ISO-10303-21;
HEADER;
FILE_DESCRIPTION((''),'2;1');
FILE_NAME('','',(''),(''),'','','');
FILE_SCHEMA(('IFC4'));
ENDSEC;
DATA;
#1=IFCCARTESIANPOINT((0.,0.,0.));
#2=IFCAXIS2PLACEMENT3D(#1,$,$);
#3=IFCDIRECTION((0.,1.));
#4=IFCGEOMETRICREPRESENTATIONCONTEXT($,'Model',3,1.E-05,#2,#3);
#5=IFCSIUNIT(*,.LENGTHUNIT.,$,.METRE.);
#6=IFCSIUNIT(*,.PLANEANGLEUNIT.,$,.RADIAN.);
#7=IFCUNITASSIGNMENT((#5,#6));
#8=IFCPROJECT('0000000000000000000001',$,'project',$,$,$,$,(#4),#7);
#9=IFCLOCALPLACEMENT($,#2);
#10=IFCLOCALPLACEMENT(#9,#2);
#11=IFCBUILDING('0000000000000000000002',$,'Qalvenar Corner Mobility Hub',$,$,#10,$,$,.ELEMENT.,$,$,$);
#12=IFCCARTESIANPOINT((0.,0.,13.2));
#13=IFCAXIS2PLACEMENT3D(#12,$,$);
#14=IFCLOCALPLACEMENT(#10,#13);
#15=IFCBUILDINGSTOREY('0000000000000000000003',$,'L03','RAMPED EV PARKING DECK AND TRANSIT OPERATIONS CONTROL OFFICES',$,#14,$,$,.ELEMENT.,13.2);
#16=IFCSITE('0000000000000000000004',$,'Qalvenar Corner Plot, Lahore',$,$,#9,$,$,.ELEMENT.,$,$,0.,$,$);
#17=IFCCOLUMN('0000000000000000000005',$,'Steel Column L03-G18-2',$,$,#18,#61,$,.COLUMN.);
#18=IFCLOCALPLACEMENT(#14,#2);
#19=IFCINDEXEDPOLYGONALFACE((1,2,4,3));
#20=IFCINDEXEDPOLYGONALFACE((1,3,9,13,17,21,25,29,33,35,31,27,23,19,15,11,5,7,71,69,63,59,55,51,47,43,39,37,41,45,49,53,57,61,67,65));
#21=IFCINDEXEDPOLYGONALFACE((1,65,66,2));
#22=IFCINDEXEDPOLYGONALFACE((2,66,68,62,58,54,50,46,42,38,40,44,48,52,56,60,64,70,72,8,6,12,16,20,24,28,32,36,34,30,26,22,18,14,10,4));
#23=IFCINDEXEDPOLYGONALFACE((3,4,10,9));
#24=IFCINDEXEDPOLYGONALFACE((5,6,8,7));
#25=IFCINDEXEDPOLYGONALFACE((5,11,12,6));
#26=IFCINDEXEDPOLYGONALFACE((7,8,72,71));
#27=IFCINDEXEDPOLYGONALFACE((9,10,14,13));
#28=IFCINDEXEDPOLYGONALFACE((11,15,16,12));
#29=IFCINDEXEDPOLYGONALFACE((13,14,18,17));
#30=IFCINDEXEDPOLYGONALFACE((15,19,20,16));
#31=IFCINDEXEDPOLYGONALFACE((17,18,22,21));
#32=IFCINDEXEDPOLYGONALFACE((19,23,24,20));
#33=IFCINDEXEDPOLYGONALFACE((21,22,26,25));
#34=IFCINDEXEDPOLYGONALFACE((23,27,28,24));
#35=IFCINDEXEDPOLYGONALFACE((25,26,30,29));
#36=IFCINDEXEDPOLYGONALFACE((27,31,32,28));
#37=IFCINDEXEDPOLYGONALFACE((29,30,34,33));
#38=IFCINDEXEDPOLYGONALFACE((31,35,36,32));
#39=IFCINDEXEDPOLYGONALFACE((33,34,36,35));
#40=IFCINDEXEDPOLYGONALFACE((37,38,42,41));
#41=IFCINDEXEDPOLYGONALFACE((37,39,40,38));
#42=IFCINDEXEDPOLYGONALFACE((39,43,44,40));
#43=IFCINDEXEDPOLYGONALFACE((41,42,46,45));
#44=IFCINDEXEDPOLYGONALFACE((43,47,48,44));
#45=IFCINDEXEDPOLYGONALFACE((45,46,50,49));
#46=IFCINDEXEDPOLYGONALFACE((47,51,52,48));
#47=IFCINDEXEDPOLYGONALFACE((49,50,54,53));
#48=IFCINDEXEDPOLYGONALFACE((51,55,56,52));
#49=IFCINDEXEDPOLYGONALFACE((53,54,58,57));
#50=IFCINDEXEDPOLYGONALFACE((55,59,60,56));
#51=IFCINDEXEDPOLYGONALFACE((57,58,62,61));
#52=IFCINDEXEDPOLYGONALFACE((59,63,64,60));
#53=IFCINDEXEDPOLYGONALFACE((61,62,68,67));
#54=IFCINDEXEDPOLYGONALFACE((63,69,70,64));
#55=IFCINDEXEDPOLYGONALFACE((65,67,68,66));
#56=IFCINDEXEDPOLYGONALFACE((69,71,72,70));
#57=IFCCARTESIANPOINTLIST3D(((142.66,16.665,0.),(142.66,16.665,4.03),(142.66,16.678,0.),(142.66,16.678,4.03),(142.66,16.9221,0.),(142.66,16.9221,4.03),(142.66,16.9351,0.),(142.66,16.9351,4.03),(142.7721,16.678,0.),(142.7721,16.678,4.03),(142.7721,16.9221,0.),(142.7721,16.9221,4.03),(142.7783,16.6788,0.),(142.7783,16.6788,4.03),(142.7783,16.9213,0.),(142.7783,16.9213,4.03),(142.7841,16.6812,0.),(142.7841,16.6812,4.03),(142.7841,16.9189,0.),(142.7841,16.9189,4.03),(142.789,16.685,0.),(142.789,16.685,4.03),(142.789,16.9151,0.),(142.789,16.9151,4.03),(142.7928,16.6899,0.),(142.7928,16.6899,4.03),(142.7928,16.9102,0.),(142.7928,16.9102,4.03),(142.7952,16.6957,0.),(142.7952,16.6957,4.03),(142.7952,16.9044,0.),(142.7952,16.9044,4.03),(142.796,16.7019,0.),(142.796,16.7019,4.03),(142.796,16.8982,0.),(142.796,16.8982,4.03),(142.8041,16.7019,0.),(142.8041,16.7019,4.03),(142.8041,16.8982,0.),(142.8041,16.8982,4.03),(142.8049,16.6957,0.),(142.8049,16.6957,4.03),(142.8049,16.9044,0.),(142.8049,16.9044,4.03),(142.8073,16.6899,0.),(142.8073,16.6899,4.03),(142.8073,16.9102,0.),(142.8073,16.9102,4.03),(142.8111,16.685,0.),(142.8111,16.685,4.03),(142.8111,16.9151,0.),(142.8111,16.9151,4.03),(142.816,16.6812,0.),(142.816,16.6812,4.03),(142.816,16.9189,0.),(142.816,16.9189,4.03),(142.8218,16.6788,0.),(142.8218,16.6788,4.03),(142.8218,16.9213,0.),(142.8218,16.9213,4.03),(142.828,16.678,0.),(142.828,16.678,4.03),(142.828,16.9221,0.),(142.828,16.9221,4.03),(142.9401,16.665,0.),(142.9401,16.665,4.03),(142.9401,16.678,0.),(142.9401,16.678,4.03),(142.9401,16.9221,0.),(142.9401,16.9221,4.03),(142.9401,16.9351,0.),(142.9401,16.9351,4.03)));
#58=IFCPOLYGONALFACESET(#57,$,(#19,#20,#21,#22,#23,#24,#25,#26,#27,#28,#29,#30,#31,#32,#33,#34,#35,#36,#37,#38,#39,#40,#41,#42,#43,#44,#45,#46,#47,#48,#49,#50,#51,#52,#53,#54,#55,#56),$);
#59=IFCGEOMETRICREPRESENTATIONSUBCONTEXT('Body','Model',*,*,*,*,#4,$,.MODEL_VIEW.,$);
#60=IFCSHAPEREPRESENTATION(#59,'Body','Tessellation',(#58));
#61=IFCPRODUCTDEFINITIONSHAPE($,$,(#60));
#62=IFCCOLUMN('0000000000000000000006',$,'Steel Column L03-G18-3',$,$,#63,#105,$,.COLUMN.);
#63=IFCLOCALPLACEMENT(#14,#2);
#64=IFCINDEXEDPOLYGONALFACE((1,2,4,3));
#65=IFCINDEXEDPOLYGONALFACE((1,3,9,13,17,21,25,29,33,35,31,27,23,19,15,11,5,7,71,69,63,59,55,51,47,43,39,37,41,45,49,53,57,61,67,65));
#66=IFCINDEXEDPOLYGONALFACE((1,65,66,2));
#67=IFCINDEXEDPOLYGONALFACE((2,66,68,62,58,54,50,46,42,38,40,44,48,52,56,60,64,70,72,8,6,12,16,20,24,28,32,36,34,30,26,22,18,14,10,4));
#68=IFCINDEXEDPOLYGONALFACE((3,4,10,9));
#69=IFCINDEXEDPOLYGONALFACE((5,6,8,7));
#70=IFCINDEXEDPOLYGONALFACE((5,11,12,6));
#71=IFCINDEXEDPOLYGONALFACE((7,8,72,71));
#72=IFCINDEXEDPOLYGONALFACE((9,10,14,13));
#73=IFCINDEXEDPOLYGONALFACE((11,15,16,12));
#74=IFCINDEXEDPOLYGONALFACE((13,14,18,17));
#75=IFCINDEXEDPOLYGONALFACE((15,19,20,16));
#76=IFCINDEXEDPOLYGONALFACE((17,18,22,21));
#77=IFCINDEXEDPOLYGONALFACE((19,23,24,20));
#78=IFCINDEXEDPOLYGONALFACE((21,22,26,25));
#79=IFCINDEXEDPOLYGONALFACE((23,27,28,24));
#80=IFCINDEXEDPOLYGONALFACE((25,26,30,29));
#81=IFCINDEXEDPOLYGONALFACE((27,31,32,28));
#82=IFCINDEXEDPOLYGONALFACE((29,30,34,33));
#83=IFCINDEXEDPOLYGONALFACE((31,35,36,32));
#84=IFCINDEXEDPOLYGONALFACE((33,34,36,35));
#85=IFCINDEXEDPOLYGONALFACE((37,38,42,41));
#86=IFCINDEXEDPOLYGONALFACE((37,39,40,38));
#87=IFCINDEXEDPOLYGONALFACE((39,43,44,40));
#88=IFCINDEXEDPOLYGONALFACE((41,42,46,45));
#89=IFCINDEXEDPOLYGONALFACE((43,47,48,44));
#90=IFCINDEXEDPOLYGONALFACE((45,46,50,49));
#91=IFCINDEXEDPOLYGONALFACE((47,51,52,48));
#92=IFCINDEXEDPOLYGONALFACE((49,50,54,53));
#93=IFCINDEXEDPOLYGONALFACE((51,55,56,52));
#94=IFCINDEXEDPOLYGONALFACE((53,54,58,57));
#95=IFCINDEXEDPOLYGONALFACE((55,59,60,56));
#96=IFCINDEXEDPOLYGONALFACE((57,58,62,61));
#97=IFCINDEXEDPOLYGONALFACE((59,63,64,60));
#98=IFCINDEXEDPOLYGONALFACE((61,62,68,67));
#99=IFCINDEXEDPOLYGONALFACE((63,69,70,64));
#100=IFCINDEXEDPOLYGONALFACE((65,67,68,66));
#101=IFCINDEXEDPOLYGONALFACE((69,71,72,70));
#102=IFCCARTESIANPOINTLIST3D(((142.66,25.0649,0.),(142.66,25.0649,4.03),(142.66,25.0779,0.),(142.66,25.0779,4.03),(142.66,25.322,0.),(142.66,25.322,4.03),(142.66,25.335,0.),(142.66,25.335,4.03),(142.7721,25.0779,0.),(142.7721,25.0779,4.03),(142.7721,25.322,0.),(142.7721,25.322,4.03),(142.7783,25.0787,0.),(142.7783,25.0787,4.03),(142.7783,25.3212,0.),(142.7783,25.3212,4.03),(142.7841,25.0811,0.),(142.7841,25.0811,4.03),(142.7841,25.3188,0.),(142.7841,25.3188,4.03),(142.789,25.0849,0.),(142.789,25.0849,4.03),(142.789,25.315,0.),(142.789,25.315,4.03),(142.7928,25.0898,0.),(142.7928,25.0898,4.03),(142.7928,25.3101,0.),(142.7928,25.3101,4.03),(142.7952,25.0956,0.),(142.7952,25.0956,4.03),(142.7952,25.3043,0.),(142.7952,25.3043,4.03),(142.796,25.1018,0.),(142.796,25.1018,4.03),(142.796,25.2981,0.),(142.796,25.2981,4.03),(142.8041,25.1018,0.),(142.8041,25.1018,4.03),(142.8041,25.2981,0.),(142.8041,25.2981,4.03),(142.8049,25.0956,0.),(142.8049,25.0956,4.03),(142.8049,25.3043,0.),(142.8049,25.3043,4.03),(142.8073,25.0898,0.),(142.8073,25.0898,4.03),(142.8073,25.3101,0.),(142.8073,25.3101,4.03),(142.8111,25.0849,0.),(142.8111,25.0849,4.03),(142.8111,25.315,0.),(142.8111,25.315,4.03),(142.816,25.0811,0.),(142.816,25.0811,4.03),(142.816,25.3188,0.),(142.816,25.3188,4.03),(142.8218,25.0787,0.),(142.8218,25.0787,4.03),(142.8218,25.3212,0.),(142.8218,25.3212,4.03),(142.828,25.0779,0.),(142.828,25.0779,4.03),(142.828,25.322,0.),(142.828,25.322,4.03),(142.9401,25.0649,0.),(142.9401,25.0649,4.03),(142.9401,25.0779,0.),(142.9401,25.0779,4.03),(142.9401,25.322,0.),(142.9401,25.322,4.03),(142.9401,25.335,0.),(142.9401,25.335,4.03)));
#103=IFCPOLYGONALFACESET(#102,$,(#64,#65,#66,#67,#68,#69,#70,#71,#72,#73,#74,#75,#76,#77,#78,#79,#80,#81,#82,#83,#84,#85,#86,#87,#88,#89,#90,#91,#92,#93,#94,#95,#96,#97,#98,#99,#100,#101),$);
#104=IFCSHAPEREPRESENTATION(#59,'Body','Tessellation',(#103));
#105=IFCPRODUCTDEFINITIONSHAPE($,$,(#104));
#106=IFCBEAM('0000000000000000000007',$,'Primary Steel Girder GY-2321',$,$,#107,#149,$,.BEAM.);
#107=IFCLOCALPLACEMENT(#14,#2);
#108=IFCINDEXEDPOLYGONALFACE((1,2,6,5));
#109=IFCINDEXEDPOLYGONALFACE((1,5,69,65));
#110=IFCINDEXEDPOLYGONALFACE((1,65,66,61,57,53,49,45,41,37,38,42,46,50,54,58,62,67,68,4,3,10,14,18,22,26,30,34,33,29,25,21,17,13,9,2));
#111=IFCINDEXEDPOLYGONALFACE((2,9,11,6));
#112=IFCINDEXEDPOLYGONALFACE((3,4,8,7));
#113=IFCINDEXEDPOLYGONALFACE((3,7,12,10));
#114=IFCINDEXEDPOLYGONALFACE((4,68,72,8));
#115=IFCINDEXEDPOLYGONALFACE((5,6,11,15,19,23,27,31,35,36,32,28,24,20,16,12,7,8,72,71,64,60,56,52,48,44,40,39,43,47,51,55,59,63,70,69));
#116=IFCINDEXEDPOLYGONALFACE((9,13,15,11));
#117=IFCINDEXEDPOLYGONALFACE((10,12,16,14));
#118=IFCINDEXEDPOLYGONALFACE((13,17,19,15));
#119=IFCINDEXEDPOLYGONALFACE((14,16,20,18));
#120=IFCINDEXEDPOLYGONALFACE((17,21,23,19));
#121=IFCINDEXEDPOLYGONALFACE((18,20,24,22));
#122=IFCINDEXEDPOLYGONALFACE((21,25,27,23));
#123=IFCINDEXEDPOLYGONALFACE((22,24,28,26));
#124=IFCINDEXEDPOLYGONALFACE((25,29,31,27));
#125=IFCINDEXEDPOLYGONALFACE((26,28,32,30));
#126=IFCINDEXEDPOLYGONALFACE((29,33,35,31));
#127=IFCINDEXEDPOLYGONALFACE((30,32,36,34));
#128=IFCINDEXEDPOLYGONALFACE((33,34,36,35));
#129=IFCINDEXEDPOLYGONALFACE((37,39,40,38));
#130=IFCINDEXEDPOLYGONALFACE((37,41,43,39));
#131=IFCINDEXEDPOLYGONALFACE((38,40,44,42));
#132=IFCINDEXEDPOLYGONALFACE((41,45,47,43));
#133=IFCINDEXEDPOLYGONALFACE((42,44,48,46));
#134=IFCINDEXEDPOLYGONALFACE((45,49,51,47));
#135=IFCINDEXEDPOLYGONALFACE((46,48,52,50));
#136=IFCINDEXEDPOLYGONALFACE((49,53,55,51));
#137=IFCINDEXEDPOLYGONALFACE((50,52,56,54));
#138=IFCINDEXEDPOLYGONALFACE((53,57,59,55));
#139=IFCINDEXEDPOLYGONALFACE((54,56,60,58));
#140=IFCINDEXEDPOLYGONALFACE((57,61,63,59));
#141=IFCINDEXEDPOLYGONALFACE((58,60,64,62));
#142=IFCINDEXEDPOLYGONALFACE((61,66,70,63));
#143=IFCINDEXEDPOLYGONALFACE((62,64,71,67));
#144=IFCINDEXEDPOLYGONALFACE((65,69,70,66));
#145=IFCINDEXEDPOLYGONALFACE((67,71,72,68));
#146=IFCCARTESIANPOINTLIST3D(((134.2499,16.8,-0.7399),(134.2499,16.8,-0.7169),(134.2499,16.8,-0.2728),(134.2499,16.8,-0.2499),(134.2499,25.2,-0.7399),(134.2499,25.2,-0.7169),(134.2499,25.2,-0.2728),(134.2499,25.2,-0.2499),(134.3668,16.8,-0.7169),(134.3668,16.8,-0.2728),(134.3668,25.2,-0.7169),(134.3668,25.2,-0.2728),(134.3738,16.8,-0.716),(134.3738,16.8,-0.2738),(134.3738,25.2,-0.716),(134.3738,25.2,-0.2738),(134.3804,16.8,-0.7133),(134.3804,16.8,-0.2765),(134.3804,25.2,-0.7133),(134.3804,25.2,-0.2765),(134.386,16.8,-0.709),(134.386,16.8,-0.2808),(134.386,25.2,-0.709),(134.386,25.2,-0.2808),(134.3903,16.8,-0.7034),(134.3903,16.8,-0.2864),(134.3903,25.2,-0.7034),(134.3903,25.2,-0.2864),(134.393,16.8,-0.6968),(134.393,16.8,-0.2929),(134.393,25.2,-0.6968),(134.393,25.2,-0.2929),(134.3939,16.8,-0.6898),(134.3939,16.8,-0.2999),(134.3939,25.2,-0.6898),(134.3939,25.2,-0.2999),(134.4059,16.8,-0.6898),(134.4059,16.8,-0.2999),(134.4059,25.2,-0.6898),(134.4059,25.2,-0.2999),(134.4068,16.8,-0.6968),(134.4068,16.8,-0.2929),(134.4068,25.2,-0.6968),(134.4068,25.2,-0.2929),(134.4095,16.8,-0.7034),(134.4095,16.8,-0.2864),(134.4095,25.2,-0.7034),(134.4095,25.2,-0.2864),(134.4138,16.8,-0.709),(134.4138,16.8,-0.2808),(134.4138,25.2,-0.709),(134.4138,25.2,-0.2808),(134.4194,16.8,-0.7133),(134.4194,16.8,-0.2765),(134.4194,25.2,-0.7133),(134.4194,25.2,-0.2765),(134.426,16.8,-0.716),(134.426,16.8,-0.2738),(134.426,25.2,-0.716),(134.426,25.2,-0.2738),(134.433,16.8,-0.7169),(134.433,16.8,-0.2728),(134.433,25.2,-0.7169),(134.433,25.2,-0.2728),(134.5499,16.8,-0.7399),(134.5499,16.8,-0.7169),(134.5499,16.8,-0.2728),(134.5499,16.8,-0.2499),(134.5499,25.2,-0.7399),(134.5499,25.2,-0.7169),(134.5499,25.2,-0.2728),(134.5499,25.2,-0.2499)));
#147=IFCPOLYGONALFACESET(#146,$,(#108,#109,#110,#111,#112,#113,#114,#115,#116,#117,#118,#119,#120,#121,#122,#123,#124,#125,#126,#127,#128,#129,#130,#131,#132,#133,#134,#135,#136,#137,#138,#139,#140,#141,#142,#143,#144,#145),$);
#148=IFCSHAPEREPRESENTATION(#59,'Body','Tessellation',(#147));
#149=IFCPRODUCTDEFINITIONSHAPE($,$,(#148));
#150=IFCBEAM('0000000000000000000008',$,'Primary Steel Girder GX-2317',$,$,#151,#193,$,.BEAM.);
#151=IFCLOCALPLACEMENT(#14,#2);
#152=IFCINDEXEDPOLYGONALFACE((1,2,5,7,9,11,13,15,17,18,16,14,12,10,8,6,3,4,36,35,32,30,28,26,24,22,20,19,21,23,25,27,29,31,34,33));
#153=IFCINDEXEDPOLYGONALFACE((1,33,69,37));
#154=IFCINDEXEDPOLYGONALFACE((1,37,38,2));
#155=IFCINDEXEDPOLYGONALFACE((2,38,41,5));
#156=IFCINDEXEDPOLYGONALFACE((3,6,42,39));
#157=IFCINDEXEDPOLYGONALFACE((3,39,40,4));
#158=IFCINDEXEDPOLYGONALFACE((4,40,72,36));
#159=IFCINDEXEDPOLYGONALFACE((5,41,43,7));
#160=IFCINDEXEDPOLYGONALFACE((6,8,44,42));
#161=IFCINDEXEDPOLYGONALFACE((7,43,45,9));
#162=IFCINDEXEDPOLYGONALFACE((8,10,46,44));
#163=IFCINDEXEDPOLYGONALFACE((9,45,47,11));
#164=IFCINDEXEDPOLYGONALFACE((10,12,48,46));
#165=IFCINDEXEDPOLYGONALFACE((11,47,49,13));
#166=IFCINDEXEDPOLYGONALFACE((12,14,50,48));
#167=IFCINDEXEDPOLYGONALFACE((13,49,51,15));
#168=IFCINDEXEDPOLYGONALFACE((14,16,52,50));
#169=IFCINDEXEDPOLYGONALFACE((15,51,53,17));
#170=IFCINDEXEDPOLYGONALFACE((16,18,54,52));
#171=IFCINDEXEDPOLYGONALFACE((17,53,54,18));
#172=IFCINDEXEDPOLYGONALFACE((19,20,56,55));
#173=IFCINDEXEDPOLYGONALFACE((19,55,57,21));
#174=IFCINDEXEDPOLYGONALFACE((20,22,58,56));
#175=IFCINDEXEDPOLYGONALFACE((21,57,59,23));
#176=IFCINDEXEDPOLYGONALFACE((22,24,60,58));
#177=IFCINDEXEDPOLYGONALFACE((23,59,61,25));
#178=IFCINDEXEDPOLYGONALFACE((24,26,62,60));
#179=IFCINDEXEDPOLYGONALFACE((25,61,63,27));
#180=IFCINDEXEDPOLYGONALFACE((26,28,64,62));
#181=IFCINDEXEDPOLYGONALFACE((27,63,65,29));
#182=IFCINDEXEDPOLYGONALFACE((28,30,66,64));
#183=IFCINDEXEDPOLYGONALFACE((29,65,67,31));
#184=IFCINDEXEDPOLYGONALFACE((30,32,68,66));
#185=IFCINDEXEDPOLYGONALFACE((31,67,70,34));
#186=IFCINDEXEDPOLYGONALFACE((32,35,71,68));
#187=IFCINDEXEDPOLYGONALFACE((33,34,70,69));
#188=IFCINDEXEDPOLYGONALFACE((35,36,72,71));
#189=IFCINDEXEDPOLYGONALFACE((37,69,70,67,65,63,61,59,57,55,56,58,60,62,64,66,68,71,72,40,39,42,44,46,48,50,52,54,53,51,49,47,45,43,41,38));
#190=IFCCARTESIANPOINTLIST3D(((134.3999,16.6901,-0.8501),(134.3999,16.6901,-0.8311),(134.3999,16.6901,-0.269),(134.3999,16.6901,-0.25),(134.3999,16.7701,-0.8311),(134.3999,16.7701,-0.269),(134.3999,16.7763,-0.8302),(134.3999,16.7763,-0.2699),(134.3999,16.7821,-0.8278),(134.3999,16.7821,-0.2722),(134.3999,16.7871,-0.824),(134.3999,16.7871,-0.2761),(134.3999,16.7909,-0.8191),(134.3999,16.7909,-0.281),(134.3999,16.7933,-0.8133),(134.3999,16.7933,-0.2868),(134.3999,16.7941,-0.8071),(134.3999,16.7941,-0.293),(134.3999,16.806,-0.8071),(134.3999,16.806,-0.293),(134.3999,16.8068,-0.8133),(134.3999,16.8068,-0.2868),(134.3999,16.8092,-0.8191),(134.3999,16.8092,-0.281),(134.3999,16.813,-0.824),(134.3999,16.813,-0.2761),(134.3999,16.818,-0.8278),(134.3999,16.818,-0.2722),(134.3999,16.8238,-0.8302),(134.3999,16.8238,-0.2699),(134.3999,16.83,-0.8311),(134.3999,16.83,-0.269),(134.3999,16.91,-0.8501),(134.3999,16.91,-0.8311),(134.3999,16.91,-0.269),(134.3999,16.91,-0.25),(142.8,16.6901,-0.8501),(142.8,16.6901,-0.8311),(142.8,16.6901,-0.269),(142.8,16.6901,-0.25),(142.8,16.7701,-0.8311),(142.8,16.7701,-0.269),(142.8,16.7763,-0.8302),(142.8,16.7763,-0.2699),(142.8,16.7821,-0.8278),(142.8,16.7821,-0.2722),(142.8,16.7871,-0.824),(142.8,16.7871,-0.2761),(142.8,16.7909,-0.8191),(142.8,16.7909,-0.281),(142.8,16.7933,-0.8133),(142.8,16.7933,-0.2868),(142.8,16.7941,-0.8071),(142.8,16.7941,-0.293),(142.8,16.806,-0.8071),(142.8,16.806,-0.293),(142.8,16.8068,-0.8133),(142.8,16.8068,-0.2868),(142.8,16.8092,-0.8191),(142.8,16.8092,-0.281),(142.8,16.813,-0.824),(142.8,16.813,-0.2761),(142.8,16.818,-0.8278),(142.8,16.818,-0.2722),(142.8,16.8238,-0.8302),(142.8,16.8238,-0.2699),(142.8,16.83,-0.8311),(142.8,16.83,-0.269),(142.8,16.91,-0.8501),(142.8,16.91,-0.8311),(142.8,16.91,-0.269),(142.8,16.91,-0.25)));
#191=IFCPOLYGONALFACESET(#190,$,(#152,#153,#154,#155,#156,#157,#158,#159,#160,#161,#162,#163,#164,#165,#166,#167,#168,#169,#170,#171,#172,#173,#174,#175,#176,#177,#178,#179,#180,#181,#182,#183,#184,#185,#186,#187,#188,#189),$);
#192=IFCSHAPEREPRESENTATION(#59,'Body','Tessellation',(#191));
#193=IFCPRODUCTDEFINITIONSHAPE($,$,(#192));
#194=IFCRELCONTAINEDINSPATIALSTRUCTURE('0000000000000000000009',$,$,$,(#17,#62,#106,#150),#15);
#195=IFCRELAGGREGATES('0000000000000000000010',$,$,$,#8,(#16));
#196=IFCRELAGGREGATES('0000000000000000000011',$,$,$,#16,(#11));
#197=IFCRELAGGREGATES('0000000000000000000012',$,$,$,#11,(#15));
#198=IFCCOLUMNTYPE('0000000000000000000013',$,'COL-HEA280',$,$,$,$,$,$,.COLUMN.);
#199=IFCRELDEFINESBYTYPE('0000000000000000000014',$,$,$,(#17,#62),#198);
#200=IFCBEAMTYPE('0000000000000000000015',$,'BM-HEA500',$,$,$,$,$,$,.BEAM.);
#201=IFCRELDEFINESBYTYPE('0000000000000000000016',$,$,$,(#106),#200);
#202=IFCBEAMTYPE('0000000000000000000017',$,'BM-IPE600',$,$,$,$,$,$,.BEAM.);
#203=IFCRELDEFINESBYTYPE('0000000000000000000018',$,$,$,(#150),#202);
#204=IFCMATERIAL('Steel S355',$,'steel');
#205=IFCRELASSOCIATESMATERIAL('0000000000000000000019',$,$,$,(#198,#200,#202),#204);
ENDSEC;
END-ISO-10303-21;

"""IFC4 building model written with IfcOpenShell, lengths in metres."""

from ifc_helpers import new_model, si_unit, direction, frame, origin, origin_2d, place, context, subcontext, project, spatial, i_section, extrude, material, material_profile, profile_set, type_object, element, save


model = new_model("IFC4")

# Units and contexts
model_context = context("Model", 3, precision=1e-05, world=origin(), true_north=direction((0.0, 1.0)))
body_context = subcontext(model_context, "Body", "Model", "MODEL_VIEW")
ifc_project = project(units=[si_unit("LENGTHUNIT", "METRE"), si_unit("PLANEANGLEUNIT", "RADIAN")], contexts=[model_context])

# Site, building, storey
site_placement = place(None, origin())
site = spatial("IfcSite", under=ifc_project, at=site_placement, Name="Qalvenar Corner Plot, Lahore", CompositionType="ELEMENT", RefElevation=0.0)
building_placement = place(site_placement, origin())
building = spatial("IfcBuilding", under=site, at=building_placement, Name="Qalvenar Corner Mobility Hub", CompositionType="ELEMENT")
storey_placement = place(building_placement, frame((0.0, 0.0, 13.2)))
storey = spatial("IfcBuildingStorey", under=building, at=storey_placement, Name="L03", Description="RAMPED EV PARKING DECK AND TRANSIT OPERATIONS CONTROL OFFICES", CompositionType="ELEMENT", Elevation=13.2)

# Columns
ifc_material_1 = material(Name="Steel S355", Category="steel")
ifc_material_profile_1 = material_profile(ifc_material_1, i_section(OverallWidth=0.28, OverallDepth=0.27, WebThickness=0.0081, FlangeThickness=0.0129, FilletRadius=0.0239, at=origin_2d()), Name="HEA280")
ifc_profile_set_1 = profile_set([ifc_material_profile_1], Name="Steel S355")
column_type = type_object("IfcColumnType", Name="COL-HEA280", PredefinedType="COLUMN", material=ifc_profile_set_1)
for number, where, z_axis, x_axis, name in (
    (1, (142.8, 16.8, 0.0), (0.0, 0.0, 1.0), (1.0, 0.0, 0.0), "Steel Column L03-G18-2"),
    (2, (142.8, 25.2, 0.0), (0.0, 0.0, 1.0), (1.0, 0.0, 0.0), "Steel Column L03-G18-3"),
):
    element("IfcColumn", number, at=place(storey_placement, frame(where, z_axis=z_axis, x_axis=x_axis)), inside=storey, type_object=column_type, Name=name, PredefinedType="COLUMN", context=body_context, shape_type="SweptSolid", body=[
        extrude(i_section(OverallWidth=0.28, OverallDepth=0.27, WebThickness=0.0081, FlangeThickness=0.0129, FilletRadius=0.0239, at=origin_2d()), origin(), (0.0, 0.0, 1.0), 4.03),
    ])

# Beams
ifc_material_profile_2 = material_profile(ifc_material_1, i_section(OverallWidth=0.3, OverallDepth=0.49, WebThickness=0.012, FlangeThickness=0.0229, FilletRadius=0.0271, at=origin_2d()), Name="HEA500")
ifc_profile_set_2 = profile_set([ifc_material_profile_2], Name="Steel S355")
beam_type_1 = type_object("IfcBeamType", Name="BM-HEA500", PredefinedType="BEAM", material=ifc_profile_set_2)
beam_1_placement = place(storey_placement, frame((134.3999, 16.8, -0.4949), z_axis=(0.0, 1.0, 0.0), x_axis=(-1.0, 0.0, 0.0)))
element("IfcBeam", 3, at=beam_1_placement, inside=storey, type_object=beam_type_1, Name="Primary Steel Girder GY-2321", PredefinedType="BEAM", context=body_context, shape_type="SweptSolid", body=[
    extrude(i_section(OverallWidth=0.3, OverallDepth=0.49, WebThickness=0.012, FlangeThickness=0.0229, FilletRadius=0.0271, at=origin_2d()), origin(), (0.0, 0.0, 1.0), 8.3999),
])
ifc_material_profile_3 = material_profile(ifc_material_1, i_section(OverallWidth=0.22, OverallDepth=0.6001, WebThickness=0.012, FlangeThickness=0.019, FilletRadius=0.0239, at=origin_2d()), Name="IPE600")
ifc_profile_set_3 = profile_set([ifc_material_profile_3], Name="Steel S355")
beam_type_2 = type_object("IfcBeamType", Name="BM-IPE600", PredefinedType="BEAM", material=ifc_profile_set_3)
beam_2_placement = place(storey_placement, frame((134.3999, 16.8, -0.55), z_axis=(1.0, 0.0, 0.0), x_axis=(0.0, 1.0, 0.0)))
element("IfcBeam", 4, at=beam_2_placement, inside=storey, type_object=beam_type_2, Name="Primary Steel Girder GX-2317", PredefinedType="BEAM", context=body_context, shape_type="SweptSolid", body=[
    extrude(i_section(OverallWidth=0.22, OverallDepth=0.6001, WebThickness=0.012, FlangeThickness=0.019, FilletRadius=0.0239, at=origin_2d()), origin(), (0.0, 0.0, 1.0), 8.4001),
])

save(model, "model.ifc")
